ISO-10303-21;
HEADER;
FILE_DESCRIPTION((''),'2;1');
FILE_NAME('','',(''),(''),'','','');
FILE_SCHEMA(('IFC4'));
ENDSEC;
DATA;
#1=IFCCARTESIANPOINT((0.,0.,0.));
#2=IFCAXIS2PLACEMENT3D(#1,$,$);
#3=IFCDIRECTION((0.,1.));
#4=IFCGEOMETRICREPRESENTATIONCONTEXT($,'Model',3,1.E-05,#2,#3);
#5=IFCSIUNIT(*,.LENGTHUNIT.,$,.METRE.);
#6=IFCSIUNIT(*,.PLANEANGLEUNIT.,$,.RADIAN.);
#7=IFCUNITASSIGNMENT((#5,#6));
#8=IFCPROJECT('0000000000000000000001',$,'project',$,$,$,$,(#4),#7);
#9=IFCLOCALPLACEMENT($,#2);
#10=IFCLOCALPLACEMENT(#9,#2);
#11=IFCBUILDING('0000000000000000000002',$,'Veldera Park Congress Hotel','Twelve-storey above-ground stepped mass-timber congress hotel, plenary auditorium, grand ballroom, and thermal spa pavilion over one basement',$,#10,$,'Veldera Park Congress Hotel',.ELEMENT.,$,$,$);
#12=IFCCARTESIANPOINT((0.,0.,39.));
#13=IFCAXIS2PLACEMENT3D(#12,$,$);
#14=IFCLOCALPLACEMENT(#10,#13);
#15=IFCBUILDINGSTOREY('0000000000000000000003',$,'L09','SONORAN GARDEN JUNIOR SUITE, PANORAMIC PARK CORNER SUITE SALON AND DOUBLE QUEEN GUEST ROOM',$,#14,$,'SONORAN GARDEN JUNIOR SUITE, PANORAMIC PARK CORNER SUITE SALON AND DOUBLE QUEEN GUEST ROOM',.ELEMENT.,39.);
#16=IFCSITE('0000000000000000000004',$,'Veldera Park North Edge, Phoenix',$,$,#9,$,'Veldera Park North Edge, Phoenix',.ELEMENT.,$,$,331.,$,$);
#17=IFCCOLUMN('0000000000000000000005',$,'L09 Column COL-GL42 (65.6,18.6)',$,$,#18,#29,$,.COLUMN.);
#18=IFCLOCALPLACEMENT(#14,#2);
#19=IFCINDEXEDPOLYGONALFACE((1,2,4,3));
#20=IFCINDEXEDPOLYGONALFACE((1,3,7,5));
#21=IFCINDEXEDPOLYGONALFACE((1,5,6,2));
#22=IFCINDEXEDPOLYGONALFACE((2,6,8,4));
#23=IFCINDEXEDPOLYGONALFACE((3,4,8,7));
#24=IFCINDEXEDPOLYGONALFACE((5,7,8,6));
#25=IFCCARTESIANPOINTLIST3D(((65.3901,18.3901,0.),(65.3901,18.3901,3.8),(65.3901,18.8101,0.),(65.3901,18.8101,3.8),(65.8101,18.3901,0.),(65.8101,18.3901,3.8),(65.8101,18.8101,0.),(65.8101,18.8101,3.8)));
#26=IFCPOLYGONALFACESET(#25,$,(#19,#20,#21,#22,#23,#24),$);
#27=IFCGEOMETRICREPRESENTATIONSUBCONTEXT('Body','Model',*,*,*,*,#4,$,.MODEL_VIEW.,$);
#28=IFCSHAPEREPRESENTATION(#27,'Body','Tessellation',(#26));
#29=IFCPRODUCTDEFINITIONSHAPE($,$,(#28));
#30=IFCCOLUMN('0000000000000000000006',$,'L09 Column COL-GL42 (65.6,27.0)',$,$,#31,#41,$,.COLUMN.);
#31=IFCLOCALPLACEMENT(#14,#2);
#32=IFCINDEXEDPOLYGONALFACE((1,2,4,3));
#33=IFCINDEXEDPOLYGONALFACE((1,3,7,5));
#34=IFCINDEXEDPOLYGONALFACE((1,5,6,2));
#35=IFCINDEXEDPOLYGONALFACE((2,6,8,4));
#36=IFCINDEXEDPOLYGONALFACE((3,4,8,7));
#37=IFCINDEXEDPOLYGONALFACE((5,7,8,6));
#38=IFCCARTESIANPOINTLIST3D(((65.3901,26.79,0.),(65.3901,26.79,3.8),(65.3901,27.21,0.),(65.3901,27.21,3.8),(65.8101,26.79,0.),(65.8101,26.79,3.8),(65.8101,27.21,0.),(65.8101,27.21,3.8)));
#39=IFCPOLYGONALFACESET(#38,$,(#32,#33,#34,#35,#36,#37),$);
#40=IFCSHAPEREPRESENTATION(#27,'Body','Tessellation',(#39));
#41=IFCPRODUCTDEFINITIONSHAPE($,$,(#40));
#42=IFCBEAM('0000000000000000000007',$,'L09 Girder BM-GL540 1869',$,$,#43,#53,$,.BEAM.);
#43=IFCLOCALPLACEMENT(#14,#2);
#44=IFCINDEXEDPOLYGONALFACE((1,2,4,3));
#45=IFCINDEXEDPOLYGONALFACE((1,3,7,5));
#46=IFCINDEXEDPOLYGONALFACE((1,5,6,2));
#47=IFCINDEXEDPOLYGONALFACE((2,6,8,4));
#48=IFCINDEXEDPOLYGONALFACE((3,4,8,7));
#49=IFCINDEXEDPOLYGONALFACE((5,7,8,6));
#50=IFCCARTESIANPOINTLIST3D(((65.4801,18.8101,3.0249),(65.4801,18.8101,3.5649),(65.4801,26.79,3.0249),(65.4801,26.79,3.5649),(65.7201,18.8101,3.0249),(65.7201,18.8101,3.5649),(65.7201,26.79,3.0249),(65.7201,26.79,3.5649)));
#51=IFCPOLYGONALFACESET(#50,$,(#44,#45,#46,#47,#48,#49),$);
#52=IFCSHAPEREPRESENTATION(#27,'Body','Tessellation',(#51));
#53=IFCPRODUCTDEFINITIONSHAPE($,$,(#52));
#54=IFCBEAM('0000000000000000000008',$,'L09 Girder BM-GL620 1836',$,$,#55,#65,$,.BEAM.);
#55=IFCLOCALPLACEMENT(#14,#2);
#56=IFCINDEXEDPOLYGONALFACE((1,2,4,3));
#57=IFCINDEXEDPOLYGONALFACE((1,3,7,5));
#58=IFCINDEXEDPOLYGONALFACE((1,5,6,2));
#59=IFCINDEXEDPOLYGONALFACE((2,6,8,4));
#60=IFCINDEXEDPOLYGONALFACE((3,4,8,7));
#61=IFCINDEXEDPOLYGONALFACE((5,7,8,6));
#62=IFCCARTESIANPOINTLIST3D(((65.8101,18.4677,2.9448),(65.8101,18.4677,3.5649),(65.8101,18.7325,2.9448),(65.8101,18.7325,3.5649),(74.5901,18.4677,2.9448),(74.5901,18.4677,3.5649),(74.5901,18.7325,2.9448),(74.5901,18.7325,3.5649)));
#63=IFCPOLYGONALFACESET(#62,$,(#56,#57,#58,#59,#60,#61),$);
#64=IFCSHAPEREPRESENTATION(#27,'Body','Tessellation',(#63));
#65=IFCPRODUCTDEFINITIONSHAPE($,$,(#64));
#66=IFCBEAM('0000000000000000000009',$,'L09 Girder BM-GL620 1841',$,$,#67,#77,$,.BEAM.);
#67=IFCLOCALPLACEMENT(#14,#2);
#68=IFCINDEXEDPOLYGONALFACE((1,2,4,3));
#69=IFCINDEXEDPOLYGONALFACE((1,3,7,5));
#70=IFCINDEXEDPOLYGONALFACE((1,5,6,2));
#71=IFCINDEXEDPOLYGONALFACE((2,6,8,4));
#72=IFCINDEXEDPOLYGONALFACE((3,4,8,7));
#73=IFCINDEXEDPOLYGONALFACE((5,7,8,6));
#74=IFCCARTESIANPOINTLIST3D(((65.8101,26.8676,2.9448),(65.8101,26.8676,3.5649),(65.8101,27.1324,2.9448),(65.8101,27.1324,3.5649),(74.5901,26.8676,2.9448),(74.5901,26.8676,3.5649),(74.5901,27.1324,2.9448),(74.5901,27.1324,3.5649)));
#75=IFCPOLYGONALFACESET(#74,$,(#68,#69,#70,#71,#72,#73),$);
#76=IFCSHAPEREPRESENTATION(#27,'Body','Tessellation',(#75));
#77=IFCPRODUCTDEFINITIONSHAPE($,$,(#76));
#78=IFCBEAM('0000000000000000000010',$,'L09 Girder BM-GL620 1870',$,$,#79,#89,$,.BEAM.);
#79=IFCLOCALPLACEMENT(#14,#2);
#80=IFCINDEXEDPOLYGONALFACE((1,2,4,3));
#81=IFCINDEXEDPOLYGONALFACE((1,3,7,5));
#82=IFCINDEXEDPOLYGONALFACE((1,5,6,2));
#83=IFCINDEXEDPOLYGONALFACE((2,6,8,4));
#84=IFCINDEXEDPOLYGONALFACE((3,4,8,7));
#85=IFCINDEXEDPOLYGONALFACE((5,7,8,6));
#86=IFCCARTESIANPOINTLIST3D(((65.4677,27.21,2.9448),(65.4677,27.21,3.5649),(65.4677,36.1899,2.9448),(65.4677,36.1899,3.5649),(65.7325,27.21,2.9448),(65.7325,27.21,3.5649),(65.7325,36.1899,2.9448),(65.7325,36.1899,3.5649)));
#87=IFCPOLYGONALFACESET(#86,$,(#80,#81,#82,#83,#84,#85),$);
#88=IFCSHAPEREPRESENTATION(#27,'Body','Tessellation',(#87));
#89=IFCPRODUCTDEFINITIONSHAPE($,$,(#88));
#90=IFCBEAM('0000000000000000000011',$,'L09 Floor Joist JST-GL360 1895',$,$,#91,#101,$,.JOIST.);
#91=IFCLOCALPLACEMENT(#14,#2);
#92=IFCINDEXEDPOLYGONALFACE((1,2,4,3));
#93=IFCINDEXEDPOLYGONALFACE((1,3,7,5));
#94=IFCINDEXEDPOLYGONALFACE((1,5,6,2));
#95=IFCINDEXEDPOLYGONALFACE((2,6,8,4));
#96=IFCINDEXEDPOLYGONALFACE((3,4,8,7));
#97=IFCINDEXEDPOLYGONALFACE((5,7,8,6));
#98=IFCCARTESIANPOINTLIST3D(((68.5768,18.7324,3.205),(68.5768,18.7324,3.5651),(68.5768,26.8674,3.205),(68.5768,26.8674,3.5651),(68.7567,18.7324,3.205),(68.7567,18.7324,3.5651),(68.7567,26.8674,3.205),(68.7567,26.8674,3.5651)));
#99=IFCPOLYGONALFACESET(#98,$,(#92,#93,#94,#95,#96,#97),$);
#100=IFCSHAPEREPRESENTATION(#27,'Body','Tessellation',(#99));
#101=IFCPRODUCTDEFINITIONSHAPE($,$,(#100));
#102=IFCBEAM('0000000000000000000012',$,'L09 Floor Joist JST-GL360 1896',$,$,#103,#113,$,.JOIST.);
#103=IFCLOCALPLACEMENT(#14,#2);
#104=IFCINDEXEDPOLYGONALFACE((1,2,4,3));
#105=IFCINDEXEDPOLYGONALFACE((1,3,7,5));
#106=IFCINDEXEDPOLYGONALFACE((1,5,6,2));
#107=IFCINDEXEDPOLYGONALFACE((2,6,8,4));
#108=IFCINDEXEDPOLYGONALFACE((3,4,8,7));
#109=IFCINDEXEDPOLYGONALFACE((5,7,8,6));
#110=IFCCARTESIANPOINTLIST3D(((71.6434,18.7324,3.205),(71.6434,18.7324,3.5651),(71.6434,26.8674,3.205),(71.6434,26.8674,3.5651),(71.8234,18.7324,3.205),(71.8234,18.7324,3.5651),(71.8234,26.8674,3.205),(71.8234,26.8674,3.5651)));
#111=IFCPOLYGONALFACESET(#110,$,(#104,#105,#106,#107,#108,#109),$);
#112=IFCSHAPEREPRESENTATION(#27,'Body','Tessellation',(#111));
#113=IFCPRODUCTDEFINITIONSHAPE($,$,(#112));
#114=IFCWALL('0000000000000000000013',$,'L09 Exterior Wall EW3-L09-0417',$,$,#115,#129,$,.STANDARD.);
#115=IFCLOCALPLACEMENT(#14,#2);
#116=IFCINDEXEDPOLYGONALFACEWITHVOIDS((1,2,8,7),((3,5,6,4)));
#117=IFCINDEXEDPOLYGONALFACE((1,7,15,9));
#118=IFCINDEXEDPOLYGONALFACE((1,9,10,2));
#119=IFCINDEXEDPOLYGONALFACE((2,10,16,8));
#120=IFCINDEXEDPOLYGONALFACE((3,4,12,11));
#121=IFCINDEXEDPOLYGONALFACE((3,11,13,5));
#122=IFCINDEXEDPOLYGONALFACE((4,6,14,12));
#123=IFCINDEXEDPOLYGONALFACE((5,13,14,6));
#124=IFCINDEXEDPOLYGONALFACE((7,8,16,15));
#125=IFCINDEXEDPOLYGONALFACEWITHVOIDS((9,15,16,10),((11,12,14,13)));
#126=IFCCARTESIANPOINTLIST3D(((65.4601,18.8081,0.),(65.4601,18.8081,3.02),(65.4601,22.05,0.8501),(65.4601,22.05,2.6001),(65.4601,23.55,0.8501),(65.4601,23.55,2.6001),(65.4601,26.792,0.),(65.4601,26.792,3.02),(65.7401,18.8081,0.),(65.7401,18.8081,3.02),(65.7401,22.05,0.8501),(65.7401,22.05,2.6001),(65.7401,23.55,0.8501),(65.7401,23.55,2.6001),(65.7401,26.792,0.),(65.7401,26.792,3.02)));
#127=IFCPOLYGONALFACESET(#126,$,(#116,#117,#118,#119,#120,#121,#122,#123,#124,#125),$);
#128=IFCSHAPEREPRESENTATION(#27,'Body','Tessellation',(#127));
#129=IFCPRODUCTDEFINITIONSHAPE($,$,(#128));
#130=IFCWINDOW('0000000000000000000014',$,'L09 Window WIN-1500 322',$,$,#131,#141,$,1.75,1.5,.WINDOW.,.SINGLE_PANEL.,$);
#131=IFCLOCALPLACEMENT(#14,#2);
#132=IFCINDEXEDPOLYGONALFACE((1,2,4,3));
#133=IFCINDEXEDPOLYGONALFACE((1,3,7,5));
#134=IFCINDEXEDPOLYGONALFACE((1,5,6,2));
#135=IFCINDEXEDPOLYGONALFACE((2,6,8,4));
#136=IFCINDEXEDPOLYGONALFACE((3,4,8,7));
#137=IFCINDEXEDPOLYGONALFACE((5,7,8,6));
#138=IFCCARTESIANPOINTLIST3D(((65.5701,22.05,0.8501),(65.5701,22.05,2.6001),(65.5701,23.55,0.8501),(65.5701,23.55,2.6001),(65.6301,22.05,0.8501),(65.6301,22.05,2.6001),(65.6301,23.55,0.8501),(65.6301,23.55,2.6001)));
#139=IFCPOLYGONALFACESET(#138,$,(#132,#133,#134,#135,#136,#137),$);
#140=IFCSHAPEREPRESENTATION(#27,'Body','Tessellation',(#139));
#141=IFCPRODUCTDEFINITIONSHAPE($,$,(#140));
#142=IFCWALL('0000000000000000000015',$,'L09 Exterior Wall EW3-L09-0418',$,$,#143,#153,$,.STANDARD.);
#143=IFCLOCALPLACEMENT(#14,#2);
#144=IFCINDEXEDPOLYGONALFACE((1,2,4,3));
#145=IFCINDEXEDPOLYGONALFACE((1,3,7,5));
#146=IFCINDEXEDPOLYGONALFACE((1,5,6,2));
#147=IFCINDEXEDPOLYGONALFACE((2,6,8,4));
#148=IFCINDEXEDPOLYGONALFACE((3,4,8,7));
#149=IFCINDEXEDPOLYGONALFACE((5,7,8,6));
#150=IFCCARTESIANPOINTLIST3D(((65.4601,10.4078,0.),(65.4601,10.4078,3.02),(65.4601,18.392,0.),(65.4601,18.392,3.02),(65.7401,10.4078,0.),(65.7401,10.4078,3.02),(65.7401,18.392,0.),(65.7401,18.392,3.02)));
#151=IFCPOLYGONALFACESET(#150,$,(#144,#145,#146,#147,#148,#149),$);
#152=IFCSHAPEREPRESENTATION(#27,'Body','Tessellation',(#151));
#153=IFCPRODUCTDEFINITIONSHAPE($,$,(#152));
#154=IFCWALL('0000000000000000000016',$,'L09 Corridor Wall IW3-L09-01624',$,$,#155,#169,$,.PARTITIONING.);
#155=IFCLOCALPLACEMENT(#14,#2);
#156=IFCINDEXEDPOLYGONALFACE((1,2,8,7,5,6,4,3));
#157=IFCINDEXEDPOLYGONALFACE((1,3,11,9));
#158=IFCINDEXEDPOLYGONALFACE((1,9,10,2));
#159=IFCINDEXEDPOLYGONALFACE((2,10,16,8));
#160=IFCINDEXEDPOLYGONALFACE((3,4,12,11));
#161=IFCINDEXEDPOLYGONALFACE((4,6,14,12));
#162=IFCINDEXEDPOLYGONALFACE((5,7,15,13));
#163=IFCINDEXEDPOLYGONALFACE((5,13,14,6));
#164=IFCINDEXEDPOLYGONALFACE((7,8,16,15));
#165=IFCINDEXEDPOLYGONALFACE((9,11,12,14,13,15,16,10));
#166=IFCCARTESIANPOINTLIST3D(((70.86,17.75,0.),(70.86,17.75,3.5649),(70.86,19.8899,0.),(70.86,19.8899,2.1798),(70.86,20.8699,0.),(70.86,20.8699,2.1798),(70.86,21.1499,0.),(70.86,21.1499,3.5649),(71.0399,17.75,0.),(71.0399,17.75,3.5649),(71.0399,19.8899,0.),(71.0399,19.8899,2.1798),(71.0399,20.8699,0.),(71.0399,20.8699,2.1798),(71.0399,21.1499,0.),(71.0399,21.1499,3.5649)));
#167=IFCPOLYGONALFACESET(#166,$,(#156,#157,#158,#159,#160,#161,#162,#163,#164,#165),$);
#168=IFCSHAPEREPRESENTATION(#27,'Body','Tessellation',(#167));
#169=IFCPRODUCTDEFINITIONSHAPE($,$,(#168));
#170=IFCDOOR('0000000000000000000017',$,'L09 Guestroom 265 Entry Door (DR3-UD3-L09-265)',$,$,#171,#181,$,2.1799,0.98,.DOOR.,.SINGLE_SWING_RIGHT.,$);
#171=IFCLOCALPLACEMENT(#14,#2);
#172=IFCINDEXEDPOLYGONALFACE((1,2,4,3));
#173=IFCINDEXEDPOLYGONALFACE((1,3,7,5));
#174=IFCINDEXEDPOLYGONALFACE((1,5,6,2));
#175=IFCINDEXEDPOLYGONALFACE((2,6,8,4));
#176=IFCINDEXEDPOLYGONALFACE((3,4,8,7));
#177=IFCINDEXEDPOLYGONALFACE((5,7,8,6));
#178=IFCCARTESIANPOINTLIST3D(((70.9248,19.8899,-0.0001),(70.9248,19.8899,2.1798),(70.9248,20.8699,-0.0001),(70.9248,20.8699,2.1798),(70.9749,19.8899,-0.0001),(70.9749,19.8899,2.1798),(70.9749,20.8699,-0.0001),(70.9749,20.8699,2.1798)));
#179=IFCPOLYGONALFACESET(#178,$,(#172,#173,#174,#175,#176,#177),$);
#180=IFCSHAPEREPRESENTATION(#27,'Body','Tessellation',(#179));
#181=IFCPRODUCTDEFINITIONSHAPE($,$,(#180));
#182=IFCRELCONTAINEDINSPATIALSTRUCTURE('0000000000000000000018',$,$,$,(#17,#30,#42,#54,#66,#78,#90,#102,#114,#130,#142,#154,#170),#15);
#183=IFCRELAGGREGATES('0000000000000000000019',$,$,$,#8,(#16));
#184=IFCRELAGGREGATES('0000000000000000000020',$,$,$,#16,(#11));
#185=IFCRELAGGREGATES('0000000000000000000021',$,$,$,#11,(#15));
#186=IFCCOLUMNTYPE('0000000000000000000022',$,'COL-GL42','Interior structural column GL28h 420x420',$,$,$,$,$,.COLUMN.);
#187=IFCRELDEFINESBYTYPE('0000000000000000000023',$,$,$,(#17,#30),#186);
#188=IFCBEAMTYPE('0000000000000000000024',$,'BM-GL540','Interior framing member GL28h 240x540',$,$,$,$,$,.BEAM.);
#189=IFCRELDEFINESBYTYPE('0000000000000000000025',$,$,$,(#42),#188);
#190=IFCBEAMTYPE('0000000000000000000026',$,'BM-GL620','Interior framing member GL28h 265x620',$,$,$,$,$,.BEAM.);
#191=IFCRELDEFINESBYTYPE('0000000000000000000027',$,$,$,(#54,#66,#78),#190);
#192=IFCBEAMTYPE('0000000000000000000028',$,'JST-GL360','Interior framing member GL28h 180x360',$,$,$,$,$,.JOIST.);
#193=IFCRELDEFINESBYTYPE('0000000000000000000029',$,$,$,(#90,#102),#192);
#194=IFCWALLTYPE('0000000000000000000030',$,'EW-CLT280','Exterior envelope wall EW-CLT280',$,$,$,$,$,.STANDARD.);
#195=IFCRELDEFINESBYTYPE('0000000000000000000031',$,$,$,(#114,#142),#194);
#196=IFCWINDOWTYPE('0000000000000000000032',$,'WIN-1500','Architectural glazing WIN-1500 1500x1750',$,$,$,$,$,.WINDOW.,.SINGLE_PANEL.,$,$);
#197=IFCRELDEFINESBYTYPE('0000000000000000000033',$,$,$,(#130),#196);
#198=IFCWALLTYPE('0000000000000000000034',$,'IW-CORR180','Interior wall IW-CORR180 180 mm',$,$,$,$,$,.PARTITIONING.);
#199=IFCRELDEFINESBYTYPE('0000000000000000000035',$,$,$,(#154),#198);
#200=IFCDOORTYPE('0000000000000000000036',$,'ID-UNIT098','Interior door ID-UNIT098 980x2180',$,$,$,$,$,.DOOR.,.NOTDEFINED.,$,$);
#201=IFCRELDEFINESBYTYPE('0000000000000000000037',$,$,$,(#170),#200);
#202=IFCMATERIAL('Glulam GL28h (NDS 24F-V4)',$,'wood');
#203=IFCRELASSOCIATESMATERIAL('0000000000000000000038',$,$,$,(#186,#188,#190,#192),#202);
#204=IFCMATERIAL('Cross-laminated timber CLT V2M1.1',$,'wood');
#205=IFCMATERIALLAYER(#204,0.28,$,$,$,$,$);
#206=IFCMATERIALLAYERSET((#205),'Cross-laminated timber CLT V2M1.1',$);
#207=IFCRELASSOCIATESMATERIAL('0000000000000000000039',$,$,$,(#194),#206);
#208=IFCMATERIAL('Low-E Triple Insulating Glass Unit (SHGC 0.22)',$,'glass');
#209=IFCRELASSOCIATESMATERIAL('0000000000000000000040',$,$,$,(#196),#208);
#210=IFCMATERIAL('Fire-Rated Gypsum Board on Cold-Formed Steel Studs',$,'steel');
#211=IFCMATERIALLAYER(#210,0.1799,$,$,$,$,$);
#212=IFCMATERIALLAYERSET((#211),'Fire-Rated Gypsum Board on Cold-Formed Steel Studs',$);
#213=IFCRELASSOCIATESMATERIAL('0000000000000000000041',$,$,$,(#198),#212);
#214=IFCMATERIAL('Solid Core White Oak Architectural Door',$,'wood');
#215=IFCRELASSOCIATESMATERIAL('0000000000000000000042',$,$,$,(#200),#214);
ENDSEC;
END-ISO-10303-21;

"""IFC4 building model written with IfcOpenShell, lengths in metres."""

from ifc_helpers import new_model, si_unit, direction, frame, frame_2d, origin, origin_2d, place, context, subcontext, project, spatial, rectangle, extrude, material, layer, layer_set, material_profile, profile_set, type_object, element, fill, save


model = new_model("IFC4")

# Units and contexts
model_context = context("Model", 3, precision=1e-05, world=origin(), true_north=direction((0.0, 1.0)))
body_context = subcontext(model_context, "Body", "Model", "MODEL_VIEW")
ifc_project = project(units=[si_unit("LENGTHUNIT", "METRE"), si_unit("PLANEANGLEUNIT", "RADIAN")], contexts=[model_context])

# Site, building, storey
site_placement = place(None, origin())
site = spatial("IfcSite", under=ifc_project, at=site_placement, Name="Veldera Park North Edge, Phoenix", LongName="Veldera Park North Edge, Phoenix", CompositionType="ELEMENT", RefElevation=331.0)
building_placement = place(site_placement, origin())
building = spatial("IfcBuilding", under=site, at=building_placement, Name="Veldera Park Congress Hotel", Description="Twelve-storey above-ground stepped mass-timber congress hotel, plenary auditorium, grand ballroom, and thermal spa pavilion over one basement", LongName="Veldera Park Congress Hotel", CompositionType="ELEMENT")
storey_placement = place(building_placement, frame((0.0, 0.0, 39.0)))
storey = spatial("IfcBuildingStorey", under=building, at=storey_placement, Name="L09", Description="SONORAN GARDEN JUNIOR SUITE, PANORAMIC PARK CORNER SUITE SALON AND DOUBLE QUEEN GUEST ROOM", LongName="SONORAN GARDEN JUNIOR SUITE, PANORAMIC PARK CORNER SUITE SALON AND DOUBLE QUEEN GUEST ROOM", CompositionType="ELEMENT", Elevation=39.0)

# Columns
ifc_material_1 = material(Name="Glulam GL28h (NDS 24F-V4)", Category="wood")
ifc_material_profile_1 = material_profile(ifc_material_1, rectangle(XDim=0.4199, YDim=0.4199, at=origin_2d()), Name="GL28h 420x420")
ifc_profile_set_1 = profile_set([ifc_material_profile_1], Name="Glulam GL28h (NDS 24F-V4)")
column_type = type_object("IfcColumnType", Name="COL-GL42", Description="Interior structural column GL28h 420x420", PredefinedType="COLUMN", material=ifc_profile_set_1)
for number, where, z_axis, x_axis, name in (
    (1, (65.6001, 18.6001, 0.0), (0.0, 0.0, 1.0), (1.0, 0.0, 0.0), "L09 Column COL-GL42 (65.6,18.6)"),
    (2, (65.6001, 27.0, 0.0), (0.0, 0.0, 1.0), (1.0, 0.0, 0.0), "L09 Column COL-GL42 (65.6,27.0)"),
):
    element("IfcColumn", number, at=place(storey_placement, frame(where, z_axis=z_axis, x_axis=x_axis)), inside=storey, type_object=column_type, Name=name, PredefinedType="COLUMN", context=body_context, shape_type="SweptSolid", body=[
        extrude(rectangle(XDim=0.4199, YDim=0.4199, at=origin_2d()), origin(), (0.0, 0.0, 1.0), 3.8),
    ])

# Beams
ifc_material_profile_2 = material_profile(ifc_material_1, rectangle(XDim=0.24, YDim=0.54, at=origin_2d()), Name="GL28h 240x540")
ifc_profile_set_2 = profile_set([ifc_material_profile_2], Name="Glulam GL28h (NDS 24F-V4)")
beam_type_1 = type_object("IfcBeamType", Name="BM-GL540", Description="Interior framing member GL28h 240x540", PredefinedType="BEAM", material=ifc_profile_set_2)
beam_1_placement = place(storey_placement, frame((65.6001, 18.8101, 3.2949), z_axis=(0.0, 1.0, 0.0), x_axis=(-1.0, 0.0, 0.0)))
element("IfcBeam", 3, at=beam_1_placement, inside=storey, type_object=beam_type_1, Name="L09 Girder BM-GL540 1869", PredefinedType="BEAM", context=body_context, shape_type="SweptSolid", body=[
    extrude(rectangle(XDim=0.24, YDim=0.54, at=origin_2d()), origin(), (0.0, 0.0, 1.0), 7.98),
])
ifc_material_profile_3 = material_profile(ifc_material_1, rectangle(XDim=0.2649, YDim=0.6201, at=origin_2d()), Name="GL28h 265x620")
ifc_profile_set_3 = profile_set([ifc_material_profile_3], Name="Glulam GL28h (NDS 24F-V4)")
beam_type_2 = type_object("IfcBeamType", Name="BM-GL620", Description="Interior framing member GL28h 265x620", PredefinedType="BEAM", material=ifc_profile_set_3)
for number, where, z_axis, x_axis, name in (
    (4, (65.8101, 18.6001, 3.2549), (1.0, 0.0, 0.0), (0.0, 1.0, 0.0), "L09 Girder BM-GL620 1836"),
    (5, (65.8101, 27.0, 3.2549), (1.0, 0.0, 0.0), (0.0, 1.0, 0.0), "L09 Girder BM-GL620 1841"),
):
    element("IfcBeam", number, at=place(storey_placement, frame(where, z_axis=z_axis, x_axis=x_axis)), inside=storey, type_object=beam_type_2, Name=name, PredefinedType="BEAM", context=body_context, shape_type="SweptSolid", body=[
        extrude(rectangle(XDim=0.2649, YDim=0.6201, at=origin_2d()), origin(), (0.0, 0.0, 1.0), 8.78),
    ])
beam_2_placement = place(storey_placement, frame((65.6001, 27.21, 3.2549), z_axis=(0.0, 1.0, 0.0), x_axis=(-1.0, 0.0, 0.0)))
element("IfcBeam", 6, at=beam_2_placement, inside=storey, type_object=beam_type_2, Name="L09 Girder BM-GL620 1870", PredefinedType="BEAM", context=body_context, shape_type="SweptSolid", body=[
    extrude(rectangle(XDim=0.2649, YDim=0.6201, at=origin_2d()), origin(), (0.0, 0.0, 1.0), 8.98),
])
ifc_material_profile_4 = material_profile(ifc_material_1, rectangle(XDim=0.1799, YDim=0.3601, at=origin_2d()), Name="GL28h 180x360")
ifc_profile_set_4 = profile_set([ifc_material_profile_4], Name="Glulam GL28h (NDS 24F-V4)")
beam_type_3 = type_object("IfcBeamType", Name="JST-GL360", Description="Interior framing member GL28h 180x360", PredefinedType="JOIST", material=ifc_profile_set_4)
for number, where, z_axis, x_axis, name in (
    (7, (68.6667, 18.7324, 3.385), (0.0, 1.0, 0.0), (-1.0, 0.0, 0.0), "L09 Floor Joist JST-GL360 1895"),
    (8, (71.7334, 18.7324, 3.385), (0.0, 1.0, 0.0), (-1.0, 0.0, 0.0), "L09 Floor Joist JST-GL360 1896"),
):
    element("IfcBeam", number, at=place(storey_placement, frame(where, z_axis=z_axis, x_axis=x_axis)), inside=storey, type_object=beam_type_3, Name=name, PredefinedType="JOIST", context=body_context, shape_type="SweptSolid", body=[
        extrude(rectangle(XDim=0.1799, YDim=0.3601, at=origin_2d()), origin(), (0.0, 0.0, 1.0), 8.135),
    ])

# Wall, opening, window
ifc_material_2 = material(Name="Cross-laminated timber CLT V2M1.1", Category="wood")
ifc_layer_1 = layer(ifc_material_2, 0.28)
ifc_layer_set_1 = layer_set([ifc_layer_1], Name="Cross-laminated timber CLT V2M1.1")
wall_type_1 = type_object("IfcWallType", Name="EW-CLT280", Description="Exterior envelope wall EW-CLT280", PredefinedType="STANDARD", material=ifc_layer_set_1)
wall_1_placement = place(storey_placement, frame((65.6001, 26.792, 0.0), z_axis=(0.0, 0.0, 1.0), x_axis=(0.0, -1.0, 0.0)))
wall_1 = element("IfcWall", 9, at=wall_1_placement, inside=storey, type_object=wall_type_1, Name="L09 Exterior Wall EW3-L09-0417", PredefinedType="STANDARD", context=body_context, shape_type="SweptSolid", body=[
    extrude(rectangle(XDim=7.9839, YDim=0.28, at=frame_2d((3.9919, 0.0))), origin(), (0.0, 0.0, 1.0), 3.02),
])
opening_1_placement = place(wall_1_placement, frame((3.2419, 0.0, 0.8501)))
opening_1 = element("IfcOpeningElement", 10, at=opening_1_placement, cuts=wall_1, PredefinedType="OPENING", context=body_context, shape_type="SweptSolid", body=[
    extrude(rectangle(XDim=1.5, YDim=1.75, at=frame_2d((0.75, 0.875))), frame((0.0, 0.1521, 0.0), z_axis=(0.0, -1.0, 0.0), x_axis=(1.0, 0.0, 0.0)), (0.0, 0.0, 1.0), 0.304),
])
ifc_material_3 = material(Name="Low-E Triple Insulating Glass Unit (SHGC 0.22)", Category="glass")
window_type = type_object("IfcWindowType", Name="WIN-1500", Description="Architectural glazing WIN-1500 1500x1750", PartitioningType="SINGLE_PANEL", PredefinedType="WINDOW", material=ifc_material_3)
window_placement = place(opening_1_placement, origin())
window = element("IfcWindow", 11, at=window_placement, inside=storey, type_object=window_type, Name="L09 Window WIN-1500 322", OverallHeight=1.75, OverallWidth=1.5, PartitioningType="SINGLE_PANEL", PredefinedType="WINDOW", context=body_context, shape_type="SweptSolid", body=[
    extrude(rectangle(XDim=1.5, YDim=1.75, at=frame_2d((0.75, 0.875))), frame((0.0, 0.03, 0.0), z_axis=(0.0, -1.0, 0.0), x_axis=(1.0, 0.0, 0.0)), (0.0, 0.0, 1.0), 0.0601),
])
fill(opening_1, window)

# Wall
wall_2_placement = place(storey_placement, frame((65.6001, 18.3921, 0.0), z_axis=(0.0, 0.0, 1.0), x_axis=(0.0, -1.0, 0.0)))
element("IfcWall", 12, at=wall_2_placement, inside=storey, type_object=wall_type_1, Name="L09 Exterior Wall EW3-L09-0418", PredefinedType="STANDARD", context=body_context, shape_type="SweptSolid", body=[
    extrude(rectangle(XDim=7.9841, YDim=0.28, at=frame_2d((3.9922, 0.0))), origin(), (0.0, 0.0, 1.0), 3.02),
])

# Wall, opening, door
ifc_material_4 = material(Name="Fire-Rated Gypsum Board on Cold-Formed Steel Studs", Category="steel")
ifc_layer_2 = layer(ifc_material_4, 0.1799)
ifc_layer_set_2 = layer_set([ifc_layer_2], Name="Fire-Rated Gypsum Board on Cold-Formed Steel Studs")
wall_type_2 = type_object("IfcWallType", Name="IW-CORR180", Description="Interior wall IW-CORR180 180 mm", PredefinedType="PARTITIONING", material=ifc_layer_set_2)
wall_3_placement = place(storey_placement, frame((70.95, 21.1499, 0.0), z_axis=(0.0, 0.0, 1.0), x_axis=(0.0, -1.0, 0.0)))
wall_3 = element("IfcWall", 13, at=wall_3_placement, inside=storey, type_object=wall_type_2, Name="L09 Corridor Wall IW3-L09-01624", PredefinedType="PARTITIONING", context=body_context, shape_type="SweptSolid", body=[
    extrude(rectangle(XDim=3.3999, YDim=0.1799, at=frame_2d((1.7, 0.0))), origin(), (0.0, 0.0, 1.0), 3.5649),
])
opening_2_placement = place(wall_3_placement, frame((0.28, 0.0, 0.0)))
opening_2 = element("IfcOpeningElement", 14, at=opening_2_placement, cuts=wall_3, PredefinedType="OPENING", context=body_context, shape_type="SweptSolid", body=[
    extrude(rectangle(XDim=0.98, YDim=2.1799, at=frame_2d((0.49, 1.0898))), frame((0.0, 0.1021, 0.0), z_axis=(0.0, -1.0, 0.0), x_axis=(1.0, 0.0, 0.0)), (0.0, 0.0, 1.0), 0.2039),
])
ifc_material_5 = material(Name="Solid Core White Oak Architectural Door", Category="wood")
door_type = type_object("IfcDoorType", Name="ID-UNIT098", Description="Interior door ID-UNIT098 980x2180", OperationType="NOTDEFINED", PredefinedType="DOOR", material=ifc_material_5)
door_1_placement = place(opening_2_placement, origin())
door_1 = element("IfcDoor", 15, at=door_1_placement, inside=storey, type_object=door_type, Name="L09 Guestroom 265 Entry Door (DR3-UD3-L09-265)", OperationType="SINGLE_SWING_RIGHT", OverallHeight=2.1799, OverallWidth=0.98, PredefinedType="DOOR", context=body_context, shape_type="SweptSolid", body=[
    extrude(rectangle(XDim=0.98, YDim=2.1799, at=frame_2d((0.49, 1.0898))), frame((0.0, 0.0249, 0.0), z_axis=(0.0, -1.0, 0.0), x_axis=(1.0, 0.0, 0.0)), (0.0, 0.0, 1.0), 0.05),
])
fill(opening_2, door_1)

save(model, "model.ifc")
